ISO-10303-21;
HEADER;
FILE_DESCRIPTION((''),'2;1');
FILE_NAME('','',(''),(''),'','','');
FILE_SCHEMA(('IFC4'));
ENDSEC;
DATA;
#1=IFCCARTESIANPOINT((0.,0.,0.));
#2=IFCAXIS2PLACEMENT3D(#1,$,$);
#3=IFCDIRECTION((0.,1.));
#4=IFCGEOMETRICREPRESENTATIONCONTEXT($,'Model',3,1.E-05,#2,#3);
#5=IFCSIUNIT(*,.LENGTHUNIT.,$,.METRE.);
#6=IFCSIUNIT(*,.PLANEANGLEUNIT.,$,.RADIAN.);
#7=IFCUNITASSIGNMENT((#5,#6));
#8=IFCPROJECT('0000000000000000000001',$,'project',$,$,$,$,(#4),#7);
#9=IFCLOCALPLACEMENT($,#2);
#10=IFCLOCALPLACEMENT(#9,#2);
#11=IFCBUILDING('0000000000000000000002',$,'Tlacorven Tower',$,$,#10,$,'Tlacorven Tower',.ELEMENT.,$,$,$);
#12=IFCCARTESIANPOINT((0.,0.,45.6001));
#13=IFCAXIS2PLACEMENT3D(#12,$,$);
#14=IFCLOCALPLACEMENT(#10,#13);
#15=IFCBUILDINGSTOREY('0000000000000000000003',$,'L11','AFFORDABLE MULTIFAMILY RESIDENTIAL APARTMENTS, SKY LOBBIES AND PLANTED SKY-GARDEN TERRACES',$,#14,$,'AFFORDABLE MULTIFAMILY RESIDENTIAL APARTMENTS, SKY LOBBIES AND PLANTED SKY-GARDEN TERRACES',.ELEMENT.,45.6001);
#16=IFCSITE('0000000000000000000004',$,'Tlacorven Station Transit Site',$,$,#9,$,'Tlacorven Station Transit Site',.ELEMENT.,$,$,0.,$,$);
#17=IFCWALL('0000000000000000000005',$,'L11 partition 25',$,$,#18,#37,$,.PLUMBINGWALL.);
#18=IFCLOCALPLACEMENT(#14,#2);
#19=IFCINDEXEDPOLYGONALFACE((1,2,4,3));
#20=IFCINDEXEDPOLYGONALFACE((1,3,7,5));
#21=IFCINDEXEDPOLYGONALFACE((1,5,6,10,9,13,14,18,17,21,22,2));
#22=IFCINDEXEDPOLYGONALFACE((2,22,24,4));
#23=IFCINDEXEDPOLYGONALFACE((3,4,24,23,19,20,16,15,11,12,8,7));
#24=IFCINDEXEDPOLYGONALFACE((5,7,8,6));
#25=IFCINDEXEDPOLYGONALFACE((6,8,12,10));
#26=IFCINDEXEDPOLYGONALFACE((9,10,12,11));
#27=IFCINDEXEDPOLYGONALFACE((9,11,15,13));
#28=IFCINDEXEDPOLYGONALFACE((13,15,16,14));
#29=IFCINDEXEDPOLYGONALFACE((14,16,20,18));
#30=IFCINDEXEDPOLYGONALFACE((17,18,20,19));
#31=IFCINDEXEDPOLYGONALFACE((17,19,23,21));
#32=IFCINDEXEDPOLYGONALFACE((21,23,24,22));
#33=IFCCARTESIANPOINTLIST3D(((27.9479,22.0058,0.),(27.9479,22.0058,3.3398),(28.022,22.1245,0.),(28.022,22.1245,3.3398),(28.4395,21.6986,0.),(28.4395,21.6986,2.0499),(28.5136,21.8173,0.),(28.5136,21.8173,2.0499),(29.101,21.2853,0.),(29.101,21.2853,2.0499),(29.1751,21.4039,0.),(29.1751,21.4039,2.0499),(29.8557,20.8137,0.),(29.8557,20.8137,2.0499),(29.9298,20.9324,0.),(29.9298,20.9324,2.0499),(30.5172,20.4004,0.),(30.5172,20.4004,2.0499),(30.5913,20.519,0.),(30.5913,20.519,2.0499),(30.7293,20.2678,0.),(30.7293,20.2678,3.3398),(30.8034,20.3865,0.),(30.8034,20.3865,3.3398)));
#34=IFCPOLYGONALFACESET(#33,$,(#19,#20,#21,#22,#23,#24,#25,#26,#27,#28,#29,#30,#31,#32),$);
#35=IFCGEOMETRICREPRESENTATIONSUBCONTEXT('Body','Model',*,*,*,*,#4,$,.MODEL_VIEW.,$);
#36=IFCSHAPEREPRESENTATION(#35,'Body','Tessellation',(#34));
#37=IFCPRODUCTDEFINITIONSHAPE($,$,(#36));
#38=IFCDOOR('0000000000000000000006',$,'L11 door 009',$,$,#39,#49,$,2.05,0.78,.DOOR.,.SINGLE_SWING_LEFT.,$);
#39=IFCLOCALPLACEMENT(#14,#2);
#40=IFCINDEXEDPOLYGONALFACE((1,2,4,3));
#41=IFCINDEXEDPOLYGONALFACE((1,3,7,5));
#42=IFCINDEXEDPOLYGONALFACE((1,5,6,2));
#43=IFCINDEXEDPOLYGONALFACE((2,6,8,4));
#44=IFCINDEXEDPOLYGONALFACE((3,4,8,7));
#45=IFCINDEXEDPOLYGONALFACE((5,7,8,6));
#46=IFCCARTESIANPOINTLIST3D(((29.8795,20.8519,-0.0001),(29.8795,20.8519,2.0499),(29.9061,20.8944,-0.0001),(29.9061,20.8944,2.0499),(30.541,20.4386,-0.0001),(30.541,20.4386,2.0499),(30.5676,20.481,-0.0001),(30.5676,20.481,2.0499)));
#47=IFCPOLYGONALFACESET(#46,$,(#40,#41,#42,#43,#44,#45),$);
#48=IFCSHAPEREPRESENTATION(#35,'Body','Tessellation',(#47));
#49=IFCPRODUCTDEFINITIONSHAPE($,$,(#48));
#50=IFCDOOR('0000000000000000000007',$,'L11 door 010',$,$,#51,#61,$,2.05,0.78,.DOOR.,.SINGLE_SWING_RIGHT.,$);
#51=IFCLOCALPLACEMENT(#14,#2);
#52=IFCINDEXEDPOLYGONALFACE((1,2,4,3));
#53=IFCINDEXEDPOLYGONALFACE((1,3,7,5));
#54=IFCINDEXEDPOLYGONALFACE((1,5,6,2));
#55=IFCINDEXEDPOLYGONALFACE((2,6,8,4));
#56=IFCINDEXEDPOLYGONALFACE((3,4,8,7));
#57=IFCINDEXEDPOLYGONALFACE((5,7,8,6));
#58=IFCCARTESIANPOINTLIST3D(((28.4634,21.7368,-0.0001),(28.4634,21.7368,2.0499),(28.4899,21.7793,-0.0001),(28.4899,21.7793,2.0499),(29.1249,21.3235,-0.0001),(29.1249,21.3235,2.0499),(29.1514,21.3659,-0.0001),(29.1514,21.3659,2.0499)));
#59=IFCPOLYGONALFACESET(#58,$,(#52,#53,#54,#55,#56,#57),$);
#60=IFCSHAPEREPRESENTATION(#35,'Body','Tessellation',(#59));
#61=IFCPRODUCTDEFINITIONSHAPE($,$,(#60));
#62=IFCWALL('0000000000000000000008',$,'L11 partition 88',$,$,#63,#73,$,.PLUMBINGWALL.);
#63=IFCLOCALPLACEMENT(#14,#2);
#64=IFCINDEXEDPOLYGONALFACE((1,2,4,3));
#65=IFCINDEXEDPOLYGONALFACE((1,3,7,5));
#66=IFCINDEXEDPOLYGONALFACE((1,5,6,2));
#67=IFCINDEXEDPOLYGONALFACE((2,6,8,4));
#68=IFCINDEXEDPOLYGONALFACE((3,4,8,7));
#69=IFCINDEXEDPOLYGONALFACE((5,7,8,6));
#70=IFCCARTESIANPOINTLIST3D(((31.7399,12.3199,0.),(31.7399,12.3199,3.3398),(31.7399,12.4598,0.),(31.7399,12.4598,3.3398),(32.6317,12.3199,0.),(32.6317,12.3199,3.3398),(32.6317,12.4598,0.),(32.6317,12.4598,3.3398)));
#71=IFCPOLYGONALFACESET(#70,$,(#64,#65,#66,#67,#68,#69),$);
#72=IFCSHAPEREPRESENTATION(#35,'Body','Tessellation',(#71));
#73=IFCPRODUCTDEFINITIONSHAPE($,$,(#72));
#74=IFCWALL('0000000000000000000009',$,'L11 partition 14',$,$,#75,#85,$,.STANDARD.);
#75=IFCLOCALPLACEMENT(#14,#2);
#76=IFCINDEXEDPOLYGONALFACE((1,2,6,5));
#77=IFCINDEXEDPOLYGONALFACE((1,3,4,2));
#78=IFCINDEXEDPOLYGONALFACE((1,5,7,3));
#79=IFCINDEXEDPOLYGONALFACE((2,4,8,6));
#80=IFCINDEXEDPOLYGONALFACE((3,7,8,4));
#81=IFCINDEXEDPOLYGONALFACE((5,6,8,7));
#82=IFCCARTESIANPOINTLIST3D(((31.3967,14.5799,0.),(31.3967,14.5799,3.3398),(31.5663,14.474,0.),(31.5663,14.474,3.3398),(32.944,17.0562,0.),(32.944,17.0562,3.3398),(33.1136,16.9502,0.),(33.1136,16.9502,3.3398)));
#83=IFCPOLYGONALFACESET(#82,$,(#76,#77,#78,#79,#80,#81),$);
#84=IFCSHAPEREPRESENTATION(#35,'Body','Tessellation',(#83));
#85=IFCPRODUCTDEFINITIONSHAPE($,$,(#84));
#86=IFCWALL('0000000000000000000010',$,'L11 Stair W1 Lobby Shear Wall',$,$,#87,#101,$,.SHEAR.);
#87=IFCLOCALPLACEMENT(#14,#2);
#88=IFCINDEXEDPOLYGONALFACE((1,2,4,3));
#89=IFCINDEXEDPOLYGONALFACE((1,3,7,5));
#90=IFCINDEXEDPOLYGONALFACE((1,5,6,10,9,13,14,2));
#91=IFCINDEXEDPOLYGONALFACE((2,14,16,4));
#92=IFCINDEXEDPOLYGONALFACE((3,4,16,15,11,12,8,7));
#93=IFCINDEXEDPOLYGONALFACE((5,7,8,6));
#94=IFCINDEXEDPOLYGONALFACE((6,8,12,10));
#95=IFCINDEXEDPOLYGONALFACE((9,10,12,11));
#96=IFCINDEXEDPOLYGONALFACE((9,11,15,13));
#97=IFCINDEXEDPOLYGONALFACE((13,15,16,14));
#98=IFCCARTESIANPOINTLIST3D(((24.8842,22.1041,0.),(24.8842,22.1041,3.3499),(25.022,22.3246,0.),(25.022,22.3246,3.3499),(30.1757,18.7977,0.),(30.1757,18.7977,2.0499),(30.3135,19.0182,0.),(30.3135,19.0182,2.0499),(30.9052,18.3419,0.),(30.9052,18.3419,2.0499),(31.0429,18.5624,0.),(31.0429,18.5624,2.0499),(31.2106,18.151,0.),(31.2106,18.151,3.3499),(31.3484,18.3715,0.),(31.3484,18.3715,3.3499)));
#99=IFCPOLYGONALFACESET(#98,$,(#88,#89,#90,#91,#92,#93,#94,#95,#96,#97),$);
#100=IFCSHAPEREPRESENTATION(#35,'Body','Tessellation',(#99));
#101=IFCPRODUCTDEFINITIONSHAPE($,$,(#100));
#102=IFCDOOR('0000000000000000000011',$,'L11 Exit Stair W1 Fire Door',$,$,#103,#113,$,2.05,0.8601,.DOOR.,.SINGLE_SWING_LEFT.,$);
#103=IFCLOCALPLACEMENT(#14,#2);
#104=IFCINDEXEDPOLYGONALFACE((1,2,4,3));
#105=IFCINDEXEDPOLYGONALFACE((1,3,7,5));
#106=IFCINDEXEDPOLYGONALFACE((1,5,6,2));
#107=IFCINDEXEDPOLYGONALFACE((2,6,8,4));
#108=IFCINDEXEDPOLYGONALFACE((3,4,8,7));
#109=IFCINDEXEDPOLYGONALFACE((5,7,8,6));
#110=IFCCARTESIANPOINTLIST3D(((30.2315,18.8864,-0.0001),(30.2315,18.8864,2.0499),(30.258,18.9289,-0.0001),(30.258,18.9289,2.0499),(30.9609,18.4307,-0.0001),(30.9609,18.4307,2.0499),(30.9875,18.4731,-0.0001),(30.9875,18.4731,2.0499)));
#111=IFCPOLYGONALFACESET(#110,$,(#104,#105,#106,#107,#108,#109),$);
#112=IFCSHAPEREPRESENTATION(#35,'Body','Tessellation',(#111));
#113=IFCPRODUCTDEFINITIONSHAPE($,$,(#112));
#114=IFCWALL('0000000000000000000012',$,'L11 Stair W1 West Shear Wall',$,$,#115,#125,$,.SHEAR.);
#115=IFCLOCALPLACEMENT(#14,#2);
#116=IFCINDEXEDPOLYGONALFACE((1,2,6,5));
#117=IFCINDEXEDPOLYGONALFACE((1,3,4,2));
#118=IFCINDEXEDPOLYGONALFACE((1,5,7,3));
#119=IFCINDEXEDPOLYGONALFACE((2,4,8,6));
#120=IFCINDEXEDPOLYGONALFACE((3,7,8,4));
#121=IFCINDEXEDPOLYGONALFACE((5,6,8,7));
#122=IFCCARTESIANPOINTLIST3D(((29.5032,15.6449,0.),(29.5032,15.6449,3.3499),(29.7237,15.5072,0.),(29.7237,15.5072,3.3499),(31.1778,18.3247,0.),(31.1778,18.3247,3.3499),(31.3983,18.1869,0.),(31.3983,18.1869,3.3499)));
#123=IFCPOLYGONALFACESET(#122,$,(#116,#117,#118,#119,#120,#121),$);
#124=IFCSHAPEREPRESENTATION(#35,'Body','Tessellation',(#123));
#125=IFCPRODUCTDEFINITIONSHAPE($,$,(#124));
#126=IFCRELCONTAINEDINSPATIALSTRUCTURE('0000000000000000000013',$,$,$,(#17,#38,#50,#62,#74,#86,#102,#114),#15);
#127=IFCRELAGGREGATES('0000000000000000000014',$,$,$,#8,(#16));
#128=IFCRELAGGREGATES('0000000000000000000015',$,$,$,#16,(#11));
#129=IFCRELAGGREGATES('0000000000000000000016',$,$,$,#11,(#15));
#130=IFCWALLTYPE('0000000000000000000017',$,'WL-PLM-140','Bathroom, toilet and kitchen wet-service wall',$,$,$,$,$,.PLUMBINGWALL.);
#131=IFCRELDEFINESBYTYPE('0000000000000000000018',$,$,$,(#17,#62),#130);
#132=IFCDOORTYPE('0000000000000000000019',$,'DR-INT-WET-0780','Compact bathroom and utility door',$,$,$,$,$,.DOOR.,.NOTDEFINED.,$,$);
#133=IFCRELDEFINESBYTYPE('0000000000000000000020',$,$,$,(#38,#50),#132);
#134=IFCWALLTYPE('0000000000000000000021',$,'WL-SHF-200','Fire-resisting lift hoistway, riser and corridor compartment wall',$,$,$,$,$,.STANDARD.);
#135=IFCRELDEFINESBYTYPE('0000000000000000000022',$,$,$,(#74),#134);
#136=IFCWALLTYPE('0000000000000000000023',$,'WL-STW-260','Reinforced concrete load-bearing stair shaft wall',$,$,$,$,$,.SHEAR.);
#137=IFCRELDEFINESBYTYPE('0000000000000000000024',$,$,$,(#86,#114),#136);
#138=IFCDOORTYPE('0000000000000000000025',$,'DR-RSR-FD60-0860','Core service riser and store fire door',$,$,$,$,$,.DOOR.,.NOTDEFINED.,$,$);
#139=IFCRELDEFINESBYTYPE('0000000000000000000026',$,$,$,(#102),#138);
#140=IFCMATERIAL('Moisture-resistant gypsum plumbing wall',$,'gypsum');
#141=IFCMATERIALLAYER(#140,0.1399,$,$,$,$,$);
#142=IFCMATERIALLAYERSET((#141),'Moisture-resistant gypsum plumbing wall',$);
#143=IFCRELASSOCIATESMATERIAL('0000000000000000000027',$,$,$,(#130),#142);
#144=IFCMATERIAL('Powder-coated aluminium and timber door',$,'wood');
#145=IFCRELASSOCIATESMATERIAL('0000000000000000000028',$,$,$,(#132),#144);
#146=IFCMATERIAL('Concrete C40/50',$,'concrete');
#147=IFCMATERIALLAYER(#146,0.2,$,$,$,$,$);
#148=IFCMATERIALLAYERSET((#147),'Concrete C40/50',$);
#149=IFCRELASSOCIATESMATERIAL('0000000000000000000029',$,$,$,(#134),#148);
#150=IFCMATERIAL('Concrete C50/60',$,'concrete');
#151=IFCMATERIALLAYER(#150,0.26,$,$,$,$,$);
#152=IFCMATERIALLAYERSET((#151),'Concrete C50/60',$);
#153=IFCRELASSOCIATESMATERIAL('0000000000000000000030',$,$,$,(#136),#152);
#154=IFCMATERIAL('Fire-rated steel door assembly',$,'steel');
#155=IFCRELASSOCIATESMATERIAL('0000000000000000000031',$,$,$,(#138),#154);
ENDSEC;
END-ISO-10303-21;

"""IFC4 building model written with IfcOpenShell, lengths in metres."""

from ifc_helpers import new_model, si_unit, direction, frame, frame_2d, origin, place, context, subcontext, project, spatial, rectangle, extrude, source, transform, mapped, material, layer, layer_set, type_object, element, fill, save


model = new_model("IFC4")

# Units and contexts
model_context = context("Model", 3, precision=1e-05, world=origin(), true_north=direction((0.0, 1.0)))
body_context = subcontext(model_context, "Body", "Model", "MODEL_VIEW")
ifc_project = project(units=[si_unit("LENGTHUNIT", "METRE"), si_unit("PLANEANGLEUNIT", "RADIAN")], contexts=[model_context])

# Site, building, storey
site_placement = place(None, origin())
site = spatial("IfcSite", under=ifc_project, at=site_placement, Name="Tlacorven Station Transit Site", LongName="Tlacorven Station Transit Site", CompositionType="ELEMENT", RefElevation=0.0)
building_placement = place(site_placement, origin())
building = spatial("IfcBuilding", under=site, at=building_placement, Name="Tlacorven Tower", LongName="Tlacorven Tower", CompositionType="ELEMENT")
storey_placement = place(building_placement, frame((0.0, 0.0, 45.6001)))
storey = spatial("IfcBuildingStorey", under=building, at=storey_placement, Name="L11", Description="AFFORDABLE MULTIFAMILY RESIDENTIAL APARTMENTS, SKY LOBBIES AND PLANTED SKY-GARDEN TERRACES", LongName="AFFORDABLE MULTIFAMILY RESIDENTIAL APARTMENTS, SKY LOBBIES AND PLANTED SKY-GARDEN TERRACES", CompositionType="ELEMENT", Elevation=45.6001)

# Shared definitions
ifc_material_1 = material(Name="Fire-rated steel door assembly", Category="steel")

# Wall, openings, doors
ifc_material_2 = material(Name="Moisture-resistant gypsum plumbing wall", Category="gypsum")
ifc_layer_1 = layer(ifc_material_2, 0.1399)
ifc_layer_set_1 = layer_set([ifc_layer_1], Name="Moisture-resistant gypsum plumbing wall")
wall_type_1 = type_object("IfcWallType", Name="WL-PLM-140", Description="Bathroom, toilet and kitchen wet-service wall", PredefinedType="PLUMBINGWALL", material=ifc_layer_set_1)
wall_1_placement = place(storey_placement, frame((30.7664, 20.3271, 0.0), z_axis=(0.0, 0.0, 1.0), x_axis=(-0.848053, 0.529912, 0.0)))
wall_1 = element("IfcWall", 1, at=wall_1_placement, inside=storey, type_object=wall_type_1, Name="L11 partition 25", PredefinedType="PLUMBINGWALL", context=body_context, shape_type="SweptSolid", body=[
    extrude(rectangle(XDim=3.2798, YDim=0.1399, at=frame_2d((1.6399, 0.0))), origin(), (0.0, 0.0, 1.0), 3.3398),
])
opening_1_placement = place(wall_1_placement, frame((0.25, 0.0, 0.0)))
opening_1 = element("IfcOpeningElement", 2, at=opening_1_placement, cuts=wall_1, PredefinedType="OPENING", context=body_context, shape_type="SweptSolid", body=[
    extrude(rectangle(XDim=0.78, YDim=2.05, at=frame_2d((0.3901, 1.0249))), frame((0.0, 0.0801, 0.0), z_axis=(0.0, -1.0, 0.0), x_axis=(1.0, 0.0, 0.0)), (0.0, 0.0, 1.0), 0.1599),
])
opening_2_placement = place(wall_1_placement, frame((1.9199, 0.0, 0.0)))
opening_2 = element("IfcOpeningElement", 3, at=opening_2_placement, cuts=wall_1, PredefinedType="OPENING", context=body_context, shape_type="SweptSolid", body=[
    extrude(rectangle(XDim=0.78, YDim=2.05, at=frame_2d((0.3901, 1.0249))), frame((0.0, 0.0801, 0.0), z_axis=(0.0, -1.0, 0.0), x_axis=(1.0, 0.0, 0.0)), (0.0, 0.0, 1.0), 0.1599),
])
ifc_material_3 = material(Name="Powder-coated aluminium and timber door", Category="wood")
door_type_1 = type_object("IfcDoorType", Name="DR-INT-WET-0780", Description="Compact bathroom and utility door", OperationType="NOTDEFINED", PredefinedType="DOOR", material=ifc_material_3)
shared_shape_1 = source(origin(), body_context, "Body", "SweptSolid", [
    extrude(rectangle(XDim=0.78, YDim=2.05, at=frame_2d((0.3901, 1.0249))), frame((0.0, 0.0249, 0.0), z_axis=(0.0, -1.0, 0.0), x_axis=(1.0, 0.0, 0.0)), (0.0, 0.0, 1.0), 0.05),
])
door_1_placement = place(opening_1_placement, origin())
door_1 = element("IfcDoor", 4, at=door_1_placement, inside=storey, type_object=door_type_1, Name="L11 door 009", OperationType="SINGLE_SWING_LEFT", OverallHeight=2.05, OverallWidth=0.78, PredefinedType="DOOR", context=body_context, shape_type="MappedRepresentation", body=[
    mapped(shared_shape_1, transform((0.0, 0.0, 0.0), scale=1.0)),
])
fill(opening_1, door_1)
door_2_placement = place(opening_2_placement, origin())
door_2 = element("IfcDoor", 5, at=door_2_placement, inside=storey, type_object=door_type_1, Name="L11 door 010", OperationType="SINGLE_SWING_RIGHT", OverallHeight=2.05, OverallWidth=0.78, PredefinedType="DOOR", context=body_context, shape_type="MappedRepresentation", body=[
    mapped(shared_shape_1, transform((0.0, 0.0, 0.0), scale=1.0)),
])
fill(opening_2, door_2)

# Walls
wall_2_placement = place(storey_placement, frame((31.74, 12.3899, 0.0), z_axis=(0.0, 0.0, 1.0), x_axis=(1.0, 0.0, 0.0)))
element("IfcWall", 6, at=wall_2_placement, inside=storey, type_object=wall_type_1, Name="L11 partition 88", PredefinedType="PLUMBINGWALL", context=body_context, shape_type="SweptSolid", body=[
    extrude(rectangle(XDim=0.8918, YDim=0.1399, at=frame_2d((0.4458, 0.0))), origin(), (0.0, 0.0, 1.0), 3.3398),
])
ifc_material_4 = material(Name="Concrete C40/50", Category="concrete")
ifc_layer_2 = layer(ifc_material_4, 0.2)
ifc_layer_set_2 = layer_set([ifc_layer_2], Name="Concrete C40/50")
wall_type_2 = type_object("IfcWallType", Name="WL-SHF-200", Description="Fire-resisting lift hoistway, riser and corridor compartment wall", PredefinedType="STANDARD", material=ifc_layer_set_2)
wall_3_placement = place(storey_placement, frame((33.0288, 17.0032, 0.0), z_axis=(0.0, 0.0, 1.0), x_axis=(-0.529916, -0.84805, 0.0)))
element("IfcWall", 7, at=wall_3_placement, inside=storey, type_object=wall_type_2, Name="L11 partition 14", PredefinedType="STANDARD", context=body_context, shape_type="SweptSolid", body=[
    extrude(rectangle(XDim=2.9199, YDim=0.2, at=frame_2d((1.46, 0.0))), origin(), (0.0, 0.0, 1.0), 3.3398),
])

# Wall, opening, door
ifc_material_5 = material(Name="Concrete C50/60", Category="concrete")
ifc_layer_3 = layer(ifc_material_5, 0.26)
ifc_layer_set_3 = layer_set([ifc_layer_3], Name="Concrete C50/60")
wall_type_3 = type_object("IfcWallType", Name="WL-STW-260", Description="Reinforced concrete load-bearing stair shaft wall", PredefinedType="SHEAR", material=ifc_layer_set_3)
wall_4_placement = place(storey_placement, frame((31.2795, 18.2612, 0.0), z_axis=(0.0, 0.0, 1.0), x_axis=(-0.848052, 0.529914, 0.0)))
wall_4 = element("IfcWall", 8, at=wall_4_placement, inside=storey, type_object=wall_type_3, Name="L11 Stair W1 Lobby Shear Wall", PredefinedType="SHEAR", context=body_context, shape_type="SweptSolid", body=[
    extrude(rectangle(XDim=7.46, YDim=0.26, at=frame_2d((3.73, 0.0))), origin(), (0.0, 0.0, 1.0), 3.3499),
])
opening_3_placement = place(wall_4_placement, frame((0.3601, 0.0, 0.0)))
opening_3 = element("IfcOpeningElement", 9, at=opening_3_placement, cuts=wall_4, PredefinedType="OPENING", context=body_context, shape_type="SweptSolid", body=[
    extrude(rectangle(XDim=0.8601, YDim=2.05, at=frame_2d((0.4302, 1.0249))), frame((0.0, 0.1401, 0.0), z_axis=(0.0, -1.0, 0.0), x_axis=(1.0, 0.0, 0.0)), (0.0, 0.0, 1.0), 0.28),
])
door_type_2 = type_object("IfcDoorType", Name="DR-RSR-FD60-0860", Description="Core service riser and store fire door", OperationType="NOTDEFINED", PredefinedType="DOOR", material=ifc_material_1)
shared_shape_2 = source(origin(), body_context, "Body", "SweptSolid", [
    extrude(rectangle(XDim=0.8601, YDim=2.05, at=frame_2d((0.4302, 1.0249))), frame((0.0, 0.0249, 0.0), z_axis=(0.0, -1.0, 0.0), x_axis=(1.0, 0.0, 0.0)), (0.0, 0.0, 1.0), 0.05),
])
door_3_placement = place(opening_3_placement, frame((0.8601, 0.0, 0.0), z_axis=(0.0, 0.0, 1.0), x_axis=(-1.0, 0.0, 0.0)))
door_3 = element("IfcDoor", 10, at=door_3_placement, inside=storey, type_object=door_type_2, Name="L11 Exit Stair W1 Fire Door", OperationType="SINGLE_SWING_LEFT", OverallHeight=2.05, OverallWidth=0.8601, PredefinedType="DOOR", context=body_context, shape_type="MappedRepresentation", body=[
    mapped(shared_shape_2, transform((0.0, 0.0, 0.0), scale=1.0)),
])
fill(opening_3, door_3)

# Wall
wall_5_placement = place(storey_placement, frame((31.2881, 18.2559, 0.0), z_axis=(0.0, 0.0, 1.0), x_axis=(-0.529943, -0.848033, 0.0)))
element("IfcWall", 11, at=wall_5_placement, inside=storey, type_object=wall_type_3, Name="L11 Stair W1 West Shear Wall", PredefinedType="SHEAR", context=body_context, shape_type="SweptSolid", body=[
    extrude(rectangle(XDim=3.1599, YDim=0.26, at=frame_2d((1.5801, 0.0))), origin(), (0.0, 0.0, 1.0), 3.3499),
])

save(model, "model.ifc")
